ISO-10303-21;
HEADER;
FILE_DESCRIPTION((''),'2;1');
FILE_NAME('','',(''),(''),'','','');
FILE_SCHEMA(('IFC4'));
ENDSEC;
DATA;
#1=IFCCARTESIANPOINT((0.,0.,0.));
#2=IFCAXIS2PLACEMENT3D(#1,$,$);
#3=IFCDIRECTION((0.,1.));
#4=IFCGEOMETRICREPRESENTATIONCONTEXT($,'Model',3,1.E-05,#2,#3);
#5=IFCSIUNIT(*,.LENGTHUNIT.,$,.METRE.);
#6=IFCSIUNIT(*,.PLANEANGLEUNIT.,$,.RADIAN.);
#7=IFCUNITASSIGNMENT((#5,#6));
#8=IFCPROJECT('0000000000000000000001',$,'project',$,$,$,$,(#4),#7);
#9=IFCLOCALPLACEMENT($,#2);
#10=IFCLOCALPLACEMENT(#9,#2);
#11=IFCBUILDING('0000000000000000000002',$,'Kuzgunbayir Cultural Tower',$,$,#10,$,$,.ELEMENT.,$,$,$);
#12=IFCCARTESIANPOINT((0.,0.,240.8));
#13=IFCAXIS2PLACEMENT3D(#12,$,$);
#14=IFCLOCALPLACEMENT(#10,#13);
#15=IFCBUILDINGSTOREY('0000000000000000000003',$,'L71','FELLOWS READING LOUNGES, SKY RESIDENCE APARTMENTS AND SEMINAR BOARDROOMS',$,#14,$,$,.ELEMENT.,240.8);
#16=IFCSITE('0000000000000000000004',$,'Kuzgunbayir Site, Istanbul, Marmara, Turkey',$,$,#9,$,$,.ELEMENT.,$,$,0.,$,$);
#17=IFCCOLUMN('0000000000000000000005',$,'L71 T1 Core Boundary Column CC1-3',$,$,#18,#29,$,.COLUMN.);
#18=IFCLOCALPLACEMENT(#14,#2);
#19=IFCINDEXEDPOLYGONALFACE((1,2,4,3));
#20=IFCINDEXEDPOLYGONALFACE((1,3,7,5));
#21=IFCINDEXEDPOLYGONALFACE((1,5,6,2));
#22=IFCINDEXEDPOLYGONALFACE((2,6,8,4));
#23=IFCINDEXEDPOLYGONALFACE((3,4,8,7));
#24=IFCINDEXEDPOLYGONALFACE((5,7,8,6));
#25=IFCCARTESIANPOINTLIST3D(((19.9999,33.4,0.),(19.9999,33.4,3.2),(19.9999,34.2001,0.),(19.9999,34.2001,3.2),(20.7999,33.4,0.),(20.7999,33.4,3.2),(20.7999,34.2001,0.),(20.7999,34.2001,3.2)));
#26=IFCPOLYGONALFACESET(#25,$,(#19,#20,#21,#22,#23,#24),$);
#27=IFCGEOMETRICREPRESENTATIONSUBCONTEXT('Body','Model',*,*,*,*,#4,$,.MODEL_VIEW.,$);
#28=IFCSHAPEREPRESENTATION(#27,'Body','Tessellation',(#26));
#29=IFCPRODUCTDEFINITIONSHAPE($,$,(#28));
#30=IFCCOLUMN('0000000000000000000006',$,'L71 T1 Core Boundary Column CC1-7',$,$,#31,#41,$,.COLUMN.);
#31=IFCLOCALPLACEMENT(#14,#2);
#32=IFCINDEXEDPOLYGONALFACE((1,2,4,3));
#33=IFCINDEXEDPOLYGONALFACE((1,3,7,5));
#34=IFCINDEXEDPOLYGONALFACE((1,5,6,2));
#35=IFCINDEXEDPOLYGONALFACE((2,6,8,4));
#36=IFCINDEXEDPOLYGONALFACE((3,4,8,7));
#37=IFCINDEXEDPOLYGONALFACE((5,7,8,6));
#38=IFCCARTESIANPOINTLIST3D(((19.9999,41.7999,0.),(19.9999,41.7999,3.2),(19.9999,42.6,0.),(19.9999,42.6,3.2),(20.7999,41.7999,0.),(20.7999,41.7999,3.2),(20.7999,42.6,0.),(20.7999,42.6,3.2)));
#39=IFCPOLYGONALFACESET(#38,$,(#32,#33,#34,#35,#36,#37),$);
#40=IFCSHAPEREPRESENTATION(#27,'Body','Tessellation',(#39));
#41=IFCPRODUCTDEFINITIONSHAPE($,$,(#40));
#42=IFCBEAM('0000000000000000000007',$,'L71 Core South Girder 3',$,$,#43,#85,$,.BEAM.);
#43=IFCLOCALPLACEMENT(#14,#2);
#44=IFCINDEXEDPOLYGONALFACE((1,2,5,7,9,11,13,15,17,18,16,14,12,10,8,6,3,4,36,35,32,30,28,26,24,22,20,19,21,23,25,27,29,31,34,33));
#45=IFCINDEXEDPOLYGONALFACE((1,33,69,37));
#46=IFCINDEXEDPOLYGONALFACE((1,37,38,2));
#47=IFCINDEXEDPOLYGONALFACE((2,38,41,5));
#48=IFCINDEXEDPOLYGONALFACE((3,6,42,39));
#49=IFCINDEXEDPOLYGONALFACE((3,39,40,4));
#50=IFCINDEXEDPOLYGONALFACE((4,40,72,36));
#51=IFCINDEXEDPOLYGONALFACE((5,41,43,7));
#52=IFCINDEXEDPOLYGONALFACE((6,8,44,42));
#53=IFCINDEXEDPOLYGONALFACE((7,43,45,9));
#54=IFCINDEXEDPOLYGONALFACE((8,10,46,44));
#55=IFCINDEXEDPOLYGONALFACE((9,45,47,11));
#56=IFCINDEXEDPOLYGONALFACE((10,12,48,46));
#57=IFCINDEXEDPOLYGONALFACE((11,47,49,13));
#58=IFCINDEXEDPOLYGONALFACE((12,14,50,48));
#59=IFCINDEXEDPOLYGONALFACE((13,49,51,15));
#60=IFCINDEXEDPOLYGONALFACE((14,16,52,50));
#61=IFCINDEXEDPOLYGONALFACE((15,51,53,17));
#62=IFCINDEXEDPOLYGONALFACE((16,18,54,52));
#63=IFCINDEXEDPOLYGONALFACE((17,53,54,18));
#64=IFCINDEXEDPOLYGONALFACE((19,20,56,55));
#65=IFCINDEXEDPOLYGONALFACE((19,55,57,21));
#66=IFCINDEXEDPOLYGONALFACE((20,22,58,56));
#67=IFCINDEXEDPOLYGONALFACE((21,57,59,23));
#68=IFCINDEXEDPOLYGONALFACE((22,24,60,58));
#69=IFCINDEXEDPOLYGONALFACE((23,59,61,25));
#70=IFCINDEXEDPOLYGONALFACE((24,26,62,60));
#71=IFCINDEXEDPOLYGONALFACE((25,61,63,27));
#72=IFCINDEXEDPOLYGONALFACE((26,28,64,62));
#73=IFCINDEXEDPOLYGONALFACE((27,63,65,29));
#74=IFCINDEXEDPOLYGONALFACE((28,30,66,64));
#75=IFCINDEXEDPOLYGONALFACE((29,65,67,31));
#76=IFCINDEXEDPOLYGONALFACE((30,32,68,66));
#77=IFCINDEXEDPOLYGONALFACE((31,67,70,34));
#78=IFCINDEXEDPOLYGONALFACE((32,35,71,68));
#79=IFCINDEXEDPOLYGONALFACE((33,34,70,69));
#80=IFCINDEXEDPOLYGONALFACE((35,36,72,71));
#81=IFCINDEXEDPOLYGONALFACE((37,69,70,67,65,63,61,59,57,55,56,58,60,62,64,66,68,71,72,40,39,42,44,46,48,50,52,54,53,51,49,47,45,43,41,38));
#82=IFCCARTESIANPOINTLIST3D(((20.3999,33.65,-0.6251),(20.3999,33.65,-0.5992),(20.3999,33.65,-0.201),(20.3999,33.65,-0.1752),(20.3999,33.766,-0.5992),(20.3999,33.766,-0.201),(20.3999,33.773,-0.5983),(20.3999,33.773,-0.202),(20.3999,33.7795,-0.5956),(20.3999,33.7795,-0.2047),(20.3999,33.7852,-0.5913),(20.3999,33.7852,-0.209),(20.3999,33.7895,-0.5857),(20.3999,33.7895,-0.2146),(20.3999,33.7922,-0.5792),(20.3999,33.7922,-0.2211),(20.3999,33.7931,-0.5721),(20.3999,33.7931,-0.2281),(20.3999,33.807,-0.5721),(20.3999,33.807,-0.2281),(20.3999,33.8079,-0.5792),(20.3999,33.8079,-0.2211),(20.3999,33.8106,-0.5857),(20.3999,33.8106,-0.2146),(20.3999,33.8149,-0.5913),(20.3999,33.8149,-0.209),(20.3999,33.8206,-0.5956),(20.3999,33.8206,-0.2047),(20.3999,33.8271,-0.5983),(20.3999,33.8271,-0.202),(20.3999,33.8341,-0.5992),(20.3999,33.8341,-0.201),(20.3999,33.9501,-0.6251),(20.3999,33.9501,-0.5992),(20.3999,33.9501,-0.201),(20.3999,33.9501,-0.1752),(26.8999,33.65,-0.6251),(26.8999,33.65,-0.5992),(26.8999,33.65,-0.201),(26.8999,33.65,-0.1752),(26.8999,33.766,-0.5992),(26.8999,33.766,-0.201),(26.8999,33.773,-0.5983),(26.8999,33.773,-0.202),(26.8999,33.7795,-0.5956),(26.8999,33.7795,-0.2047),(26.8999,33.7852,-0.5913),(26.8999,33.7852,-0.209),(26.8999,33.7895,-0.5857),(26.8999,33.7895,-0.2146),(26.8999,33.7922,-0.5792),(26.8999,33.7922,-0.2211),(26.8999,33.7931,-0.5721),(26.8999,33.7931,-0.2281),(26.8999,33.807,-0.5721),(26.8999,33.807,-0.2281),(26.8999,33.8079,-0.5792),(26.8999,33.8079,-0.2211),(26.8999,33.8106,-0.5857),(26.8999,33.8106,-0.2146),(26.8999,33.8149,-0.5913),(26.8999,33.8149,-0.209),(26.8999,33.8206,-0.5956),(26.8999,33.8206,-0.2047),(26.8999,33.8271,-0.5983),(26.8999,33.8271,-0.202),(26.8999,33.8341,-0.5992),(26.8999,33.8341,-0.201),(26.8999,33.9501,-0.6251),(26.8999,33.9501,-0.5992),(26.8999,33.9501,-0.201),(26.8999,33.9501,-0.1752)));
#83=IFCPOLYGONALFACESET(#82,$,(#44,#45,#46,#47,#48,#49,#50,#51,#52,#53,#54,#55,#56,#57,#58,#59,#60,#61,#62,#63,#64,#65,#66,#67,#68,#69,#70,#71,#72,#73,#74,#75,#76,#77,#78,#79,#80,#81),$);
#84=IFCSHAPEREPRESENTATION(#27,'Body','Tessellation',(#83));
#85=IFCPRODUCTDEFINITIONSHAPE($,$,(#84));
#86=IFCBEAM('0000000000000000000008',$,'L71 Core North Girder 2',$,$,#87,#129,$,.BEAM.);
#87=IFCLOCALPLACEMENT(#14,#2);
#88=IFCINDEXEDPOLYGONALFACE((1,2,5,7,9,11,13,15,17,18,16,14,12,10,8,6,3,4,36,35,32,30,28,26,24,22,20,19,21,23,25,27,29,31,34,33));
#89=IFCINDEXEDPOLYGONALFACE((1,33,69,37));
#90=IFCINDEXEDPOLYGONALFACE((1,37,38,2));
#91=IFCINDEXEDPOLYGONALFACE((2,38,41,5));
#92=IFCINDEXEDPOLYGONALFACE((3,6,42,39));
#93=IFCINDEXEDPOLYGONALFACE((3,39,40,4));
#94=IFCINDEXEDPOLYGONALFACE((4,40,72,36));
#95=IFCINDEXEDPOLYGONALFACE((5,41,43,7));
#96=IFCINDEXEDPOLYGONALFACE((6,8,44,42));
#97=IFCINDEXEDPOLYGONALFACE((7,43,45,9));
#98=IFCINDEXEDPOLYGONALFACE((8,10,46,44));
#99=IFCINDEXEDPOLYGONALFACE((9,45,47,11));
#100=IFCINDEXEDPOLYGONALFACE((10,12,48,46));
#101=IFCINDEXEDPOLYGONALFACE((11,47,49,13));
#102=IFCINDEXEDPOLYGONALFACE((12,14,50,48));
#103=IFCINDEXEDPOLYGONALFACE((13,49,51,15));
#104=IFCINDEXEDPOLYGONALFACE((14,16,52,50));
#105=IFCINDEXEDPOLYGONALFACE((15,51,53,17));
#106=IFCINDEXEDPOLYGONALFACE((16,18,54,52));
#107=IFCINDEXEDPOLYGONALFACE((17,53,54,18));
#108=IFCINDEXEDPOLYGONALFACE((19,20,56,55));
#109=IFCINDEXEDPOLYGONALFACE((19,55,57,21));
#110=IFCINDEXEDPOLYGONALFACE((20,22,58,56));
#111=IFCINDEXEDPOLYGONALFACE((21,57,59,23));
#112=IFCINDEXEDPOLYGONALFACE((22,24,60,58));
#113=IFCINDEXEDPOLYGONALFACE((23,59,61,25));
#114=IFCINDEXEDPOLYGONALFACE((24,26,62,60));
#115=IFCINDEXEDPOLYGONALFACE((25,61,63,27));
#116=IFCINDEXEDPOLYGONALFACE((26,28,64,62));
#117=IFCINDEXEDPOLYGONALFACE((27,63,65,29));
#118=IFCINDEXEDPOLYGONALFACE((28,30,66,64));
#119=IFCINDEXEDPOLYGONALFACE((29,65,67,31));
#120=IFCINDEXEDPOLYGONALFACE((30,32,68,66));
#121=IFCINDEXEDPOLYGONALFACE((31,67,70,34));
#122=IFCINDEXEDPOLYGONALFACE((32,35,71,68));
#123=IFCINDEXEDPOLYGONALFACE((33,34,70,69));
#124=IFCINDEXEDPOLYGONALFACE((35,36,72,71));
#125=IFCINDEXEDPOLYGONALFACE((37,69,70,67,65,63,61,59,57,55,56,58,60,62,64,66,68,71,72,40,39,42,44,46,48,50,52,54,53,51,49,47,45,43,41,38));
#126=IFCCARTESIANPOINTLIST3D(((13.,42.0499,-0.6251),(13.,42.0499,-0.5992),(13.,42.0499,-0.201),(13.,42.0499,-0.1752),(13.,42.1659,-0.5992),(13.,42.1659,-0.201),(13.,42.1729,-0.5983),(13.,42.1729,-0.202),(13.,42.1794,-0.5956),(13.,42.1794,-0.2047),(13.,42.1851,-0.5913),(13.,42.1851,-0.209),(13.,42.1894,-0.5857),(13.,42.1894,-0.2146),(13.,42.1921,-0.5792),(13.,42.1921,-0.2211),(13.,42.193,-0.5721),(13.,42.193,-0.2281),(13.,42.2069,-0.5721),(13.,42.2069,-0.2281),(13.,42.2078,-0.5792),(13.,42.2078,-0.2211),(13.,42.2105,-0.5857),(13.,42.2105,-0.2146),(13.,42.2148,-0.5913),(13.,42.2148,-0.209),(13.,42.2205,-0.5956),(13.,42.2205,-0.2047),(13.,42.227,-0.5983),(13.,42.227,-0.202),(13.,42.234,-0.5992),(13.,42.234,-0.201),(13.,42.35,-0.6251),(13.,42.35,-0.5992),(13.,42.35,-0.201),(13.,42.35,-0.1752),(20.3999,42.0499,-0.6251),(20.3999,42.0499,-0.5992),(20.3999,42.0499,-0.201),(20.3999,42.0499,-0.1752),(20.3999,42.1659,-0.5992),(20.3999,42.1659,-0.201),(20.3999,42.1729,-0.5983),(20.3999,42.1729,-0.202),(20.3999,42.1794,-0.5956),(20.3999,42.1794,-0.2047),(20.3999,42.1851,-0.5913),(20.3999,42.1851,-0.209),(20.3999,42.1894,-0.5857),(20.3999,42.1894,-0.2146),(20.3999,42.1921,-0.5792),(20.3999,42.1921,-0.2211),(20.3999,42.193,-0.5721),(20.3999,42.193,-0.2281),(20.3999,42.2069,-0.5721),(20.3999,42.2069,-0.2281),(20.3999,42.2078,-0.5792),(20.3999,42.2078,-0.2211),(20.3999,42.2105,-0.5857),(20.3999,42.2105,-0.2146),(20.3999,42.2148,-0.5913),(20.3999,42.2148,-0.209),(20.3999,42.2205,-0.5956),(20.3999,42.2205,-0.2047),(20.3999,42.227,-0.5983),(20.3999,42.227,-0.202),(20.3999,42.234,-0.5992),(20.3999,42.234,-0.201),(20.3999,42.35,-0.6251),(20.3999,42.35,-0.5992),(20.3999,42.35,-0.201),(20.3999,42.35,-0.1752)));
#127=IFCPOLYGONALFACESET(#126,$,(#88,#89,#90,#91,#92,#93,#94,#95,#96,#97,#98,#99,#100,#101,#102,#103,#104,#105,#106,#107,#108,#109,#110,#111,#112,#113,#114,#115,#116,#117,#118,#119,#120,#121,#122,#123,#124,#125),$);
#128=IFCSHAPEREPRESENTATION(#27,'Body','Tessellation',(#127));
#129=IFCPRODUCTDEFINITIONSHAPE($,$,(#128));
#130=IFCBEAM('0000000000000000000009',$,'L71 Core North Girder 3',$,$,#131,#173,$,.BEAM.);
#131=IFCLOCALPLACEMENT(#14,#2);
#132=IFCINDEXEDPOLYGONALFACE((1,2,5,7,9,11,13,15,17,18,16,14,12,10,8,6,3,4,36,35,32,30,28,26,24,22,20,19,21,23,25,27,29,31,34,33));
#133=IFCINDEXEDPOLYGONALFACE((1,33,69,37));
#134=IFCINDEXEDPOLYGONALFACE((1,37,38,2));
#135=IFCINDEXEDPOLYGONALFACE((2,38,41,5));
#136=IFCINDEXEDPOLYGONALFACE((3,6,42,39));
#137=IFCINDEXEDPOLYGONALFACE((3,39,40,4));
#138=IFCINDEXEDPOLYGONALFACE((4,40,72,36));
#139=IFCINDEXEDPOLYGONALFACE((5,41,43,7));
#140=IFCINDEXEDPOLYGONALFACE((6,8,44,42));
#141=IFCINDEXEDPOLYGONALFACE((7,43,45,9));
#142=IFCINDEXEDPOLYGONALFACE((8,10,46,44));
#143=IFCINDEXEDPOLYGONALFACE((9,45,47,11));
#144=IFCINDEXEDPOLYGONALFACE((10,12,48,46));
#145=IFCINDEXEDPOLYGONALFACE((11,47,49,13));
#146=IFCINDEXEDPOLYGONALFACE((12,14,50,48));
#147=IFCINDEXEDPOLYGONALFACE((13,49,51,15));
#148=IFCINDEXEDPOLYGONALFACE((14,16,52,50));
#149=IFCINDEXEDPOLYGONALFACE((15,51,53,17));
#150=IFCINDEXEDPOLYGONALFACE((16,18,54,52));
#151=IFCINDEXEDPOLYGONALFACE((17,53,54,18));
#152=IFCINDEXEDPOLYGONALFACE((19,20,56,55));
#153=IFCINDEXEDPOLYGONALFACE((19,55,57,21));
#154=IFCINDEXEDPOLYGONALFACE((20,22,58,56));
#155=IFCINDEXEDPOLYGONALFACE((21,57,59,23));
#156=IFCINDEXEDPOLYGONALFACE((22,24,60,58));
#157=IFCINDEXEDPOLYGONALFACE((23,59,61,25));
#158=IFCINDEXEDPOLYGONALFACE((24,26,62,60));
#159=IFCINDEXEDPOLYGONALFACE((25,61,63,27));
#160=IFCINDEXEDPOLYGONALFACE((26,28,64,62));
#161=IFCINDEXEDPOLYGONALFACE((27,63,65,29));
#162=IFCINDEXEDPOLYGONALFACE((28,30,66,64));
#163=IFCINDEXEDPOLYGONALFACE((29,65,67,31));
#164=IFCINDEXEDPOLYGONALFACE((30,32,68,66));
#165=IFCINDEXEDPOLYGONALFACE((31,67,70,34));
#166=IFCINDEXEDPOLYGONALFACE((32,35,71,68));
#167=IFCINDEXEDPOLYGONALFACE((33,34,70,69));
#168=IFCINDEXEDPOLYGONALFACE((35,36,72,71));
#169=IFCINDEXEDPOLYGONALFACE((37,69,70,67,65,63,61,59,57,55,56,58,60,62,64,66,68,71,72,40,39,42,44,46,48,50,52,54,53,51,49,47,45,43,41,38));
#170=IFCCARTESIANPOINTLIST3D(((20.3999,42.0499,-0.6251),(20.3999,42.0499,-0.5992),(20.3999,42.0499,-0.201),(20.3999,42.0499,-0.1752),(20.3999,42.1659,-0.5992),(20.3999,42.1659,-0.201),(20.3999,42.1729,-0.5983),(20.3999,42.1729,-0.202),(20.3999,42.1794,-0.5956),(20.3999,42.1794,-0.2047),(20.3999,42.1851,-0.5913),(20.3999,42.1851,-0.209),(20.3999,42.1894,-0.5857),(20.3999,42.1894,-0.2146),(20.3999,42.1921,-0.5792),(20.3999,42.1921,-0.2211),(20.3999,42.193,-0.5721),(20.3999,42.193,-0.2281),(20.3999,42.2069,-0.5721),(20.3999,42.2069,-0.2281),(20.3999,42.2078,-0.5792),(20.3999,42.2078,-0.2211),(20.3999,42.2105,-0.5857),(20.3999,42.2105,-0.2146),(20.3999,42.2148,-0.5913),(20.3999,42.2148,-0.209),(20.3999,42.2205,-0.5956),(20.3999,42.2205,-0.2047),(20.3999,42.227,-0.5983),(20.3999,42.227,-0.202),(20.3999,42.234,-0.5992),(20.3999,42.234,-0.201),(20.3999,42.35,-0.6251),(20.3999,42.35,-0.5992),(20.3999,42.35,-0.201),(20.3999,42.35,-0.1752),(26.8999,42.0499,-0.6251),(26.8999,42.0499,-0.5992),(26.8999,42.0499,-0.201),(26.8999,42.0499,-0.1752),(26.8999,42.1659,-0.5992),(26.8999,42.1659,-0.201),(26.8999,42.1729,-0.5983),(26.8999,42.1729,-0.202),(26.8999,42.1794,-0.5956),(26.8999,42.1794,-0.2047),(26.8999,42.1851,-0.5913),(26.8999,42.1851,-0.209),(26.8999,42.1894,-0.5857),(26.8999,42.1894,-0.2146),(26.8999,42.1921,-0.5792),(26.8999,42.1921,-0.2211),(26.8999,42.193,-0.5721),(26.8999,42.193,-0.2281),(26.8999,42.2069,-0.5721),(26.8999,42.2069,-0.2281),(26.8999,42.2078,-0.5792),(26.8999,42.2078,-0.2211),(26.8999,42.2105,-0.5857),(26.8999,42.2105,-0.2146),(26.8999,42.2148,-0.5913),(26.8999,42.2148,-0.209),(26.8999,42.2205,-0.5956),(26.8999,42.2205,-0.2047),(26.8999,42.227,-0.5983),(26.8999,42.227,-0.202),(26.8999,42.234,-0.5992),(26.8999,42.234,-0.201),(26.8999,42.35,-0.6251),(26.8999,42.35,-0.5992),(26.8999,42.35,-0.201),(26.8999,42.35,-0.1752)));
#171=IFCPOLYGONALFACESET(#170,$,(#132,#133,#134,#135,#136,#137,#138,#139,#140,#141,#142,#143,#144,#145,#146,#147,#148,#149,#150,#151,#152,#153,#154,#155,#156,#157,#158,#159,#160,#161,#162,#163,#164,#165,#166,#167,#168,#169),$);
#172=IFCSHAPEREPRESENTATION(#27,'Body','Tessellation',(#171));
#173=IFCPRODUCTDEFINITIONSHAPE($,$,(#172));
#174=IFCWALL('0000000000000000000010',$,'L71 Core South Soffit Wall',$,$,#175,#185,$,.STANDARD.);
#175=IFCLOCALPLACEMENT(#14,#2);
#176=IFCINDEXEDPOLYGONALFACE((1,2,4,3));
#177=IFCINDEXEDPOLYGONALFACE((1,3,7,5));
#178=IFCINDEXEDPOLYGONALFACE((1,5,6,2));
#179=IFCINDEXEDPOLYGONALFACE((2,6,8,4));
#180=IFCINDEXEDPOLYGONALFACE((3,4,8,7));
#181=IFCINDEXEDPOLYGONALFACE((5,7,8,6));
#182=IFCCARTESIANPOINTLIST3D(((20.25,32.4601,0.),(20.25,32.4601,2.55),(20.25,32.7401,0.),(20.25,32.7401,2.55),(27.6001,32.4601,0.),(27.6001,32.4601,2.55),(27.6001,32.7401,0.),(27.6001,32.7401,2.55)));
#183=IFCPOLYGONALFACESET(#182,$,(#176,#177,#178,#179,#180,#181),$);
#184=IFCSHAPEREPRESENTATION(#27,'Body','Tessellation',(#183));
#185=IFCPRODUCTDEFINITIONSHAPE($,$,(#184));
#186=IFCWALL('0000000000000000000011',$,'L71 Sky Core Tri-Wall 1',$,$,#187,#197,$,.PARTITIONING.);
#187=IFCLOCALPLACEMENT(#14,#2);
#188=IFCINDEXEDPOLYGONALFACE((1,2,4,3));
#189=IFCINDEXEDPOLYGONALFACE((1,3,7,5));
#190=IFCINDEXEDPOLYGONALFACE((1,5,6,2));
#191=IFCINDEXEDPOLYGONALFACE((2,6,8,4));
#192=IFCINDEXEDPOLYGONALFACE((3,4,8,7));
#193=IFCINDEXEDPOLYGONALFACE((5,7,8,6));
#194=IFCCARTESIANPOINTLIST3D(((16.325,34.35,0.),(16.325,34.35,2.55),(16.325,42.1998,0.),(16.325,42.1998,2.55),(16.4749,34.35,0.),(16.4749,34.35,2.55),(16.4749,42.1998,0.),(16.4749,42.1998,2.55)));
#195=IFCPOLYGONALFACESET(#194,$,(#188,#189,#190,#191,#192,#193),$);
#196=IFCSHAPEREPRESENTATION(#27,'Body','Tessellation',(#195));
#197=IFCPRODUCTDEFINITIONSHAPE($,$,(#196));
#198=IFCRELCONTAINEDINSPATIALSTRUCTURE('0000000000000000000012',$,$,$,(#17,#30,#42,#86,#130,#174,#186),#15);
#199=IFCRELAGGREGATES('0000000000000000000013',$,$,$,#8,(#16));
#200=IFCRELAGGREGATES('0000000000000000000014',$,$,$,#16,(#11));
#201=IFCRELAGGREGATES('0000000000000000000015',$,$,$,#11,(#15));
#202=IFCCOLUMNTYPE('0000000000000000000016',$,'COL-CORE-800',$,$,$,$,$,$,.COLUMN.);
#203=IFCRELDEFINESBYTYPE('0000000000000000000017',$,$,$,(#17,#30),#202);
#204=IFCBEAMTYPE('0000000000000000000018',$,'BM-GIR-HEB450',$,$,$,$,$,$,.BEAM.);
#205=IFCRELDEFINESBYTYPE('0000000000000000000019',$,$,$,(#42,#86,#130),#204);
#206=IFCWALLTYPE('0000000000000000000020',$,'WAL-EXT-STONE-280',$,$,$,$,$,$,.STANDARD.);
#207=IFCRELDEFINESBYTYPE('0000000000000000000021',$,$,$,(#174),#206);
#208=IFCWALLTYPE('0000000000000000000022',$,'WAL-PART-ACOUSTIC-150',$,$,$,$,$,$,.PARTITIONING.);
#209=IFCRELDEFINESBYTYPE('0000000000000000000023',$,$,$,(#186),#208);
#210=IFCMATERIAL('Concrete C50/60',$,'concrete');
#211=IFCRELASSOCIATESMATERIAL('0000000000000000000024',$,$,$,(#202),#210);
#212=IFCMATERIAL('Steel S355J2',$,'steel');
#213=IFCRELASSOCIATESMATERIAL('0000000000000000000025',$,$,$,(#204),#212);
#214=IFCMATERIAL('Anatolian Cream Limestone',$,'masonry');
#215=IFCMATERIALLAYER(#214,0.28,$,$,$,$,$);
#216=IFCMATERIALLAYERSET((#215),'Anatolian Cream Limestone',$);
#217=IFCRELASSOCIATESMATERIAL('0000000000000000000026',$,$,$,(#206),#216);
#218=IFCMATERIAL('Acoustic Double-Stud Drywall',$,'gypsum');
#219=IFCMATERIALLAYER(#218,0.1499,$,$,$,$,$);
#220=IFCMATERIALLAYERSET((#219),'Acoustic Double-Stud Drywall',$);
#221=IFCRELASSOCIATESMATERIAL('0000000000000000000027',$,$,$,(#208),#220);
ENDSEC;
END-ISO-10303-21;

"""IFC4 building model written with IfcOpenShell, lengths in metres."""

from ifc_helpers import new_model, si_unit, direction, frame, frame_2d, origin, origin_2d, place, context, subcontext, project, spatial, rectangle, i_section, extrude, material, layer, layer_set, material_profile, profile_set, type_object, element, save


model = new_model("IFC4")

# Units and contexts
model_context = context("Model", 3, precision=1e-05, world=origin(), true_north=direction((0.0, 1.0)))
body_context = subcontext(model_context, "Body", "Model", "MODEL_VIEW")
ifc_project = project(units=[si_unit("LENGTHUNIT", "METRE"), si_unit("PLANEANGLEUNIT", "RADIAN")], contexts=[model_context])

# Site, building, storey
site_placement = place(None, origin())
site = spatial("IfcSite", under=ifc_project, at=site_placement, Name="Kuzgunbayir Site, Istanbul, Marmara, Turkey", CompositionType="ELEMENT", RefElevation=0.0)
building_placement = place(site_placement, origin())
building = spatial("IfcBuilding", under=site, at=building_placement, Name="Kuzgunbayir Cultural Tower", CompositionType="ELEMENT")
storey_placement = place(building_placement, frame((0.0, 0.0, 240.8)))
storey = spatial("IfcBuildingStorey", under=building, at=storey_placement, Name="L71", Description="FELLOWS READING LOUNGES, SKY RESIDENCE APARTMENTS AND SEMINAR BOARDROOMS", CompositionType="ELEMENT", Elevation=240.8)

# Columns
ifc_material_1 = material(Name="Concrete C50/60", Category="concrete")
ifc_material_profile_1 = material_profile(ifc_material_1, rectangle(XDim=0.8, YDim=0.8, at=origin_2d()), Name="RC 800x800")
ifc_profile_set_1 = profile_set([ifc_material_profile_1], Name="Concrete C50/60")
column_type = type_object("IfcColumnType", Name="COL-CORE-800", PredefinedType="COLUMN", material=ifc_profile_set_1)
for number, where, z_axis, x_axis, name in (
    (1, (20.3999, 33.8, 0.0), (0.0, 0.0, 1.0), (1.0, 0.0, 0.0), "L71 T1 Core Boundary Column CC1-3"),
    (2, (20.3999, 42.2, 0.0), (0.0, 0.0, 1.0), (1.0, 0.0, 0.0), "L71 T1 Core Boundary Column CC1-7"),
):
    element("IfcColumn", number, at=place(storey_placement, frame(where, z_axis=z_axis, x_axis=x_axis)), inside=storey, type_object=column_type, Name=name, PredefinedType="COLUMN", context=body_context, shape_type="SweptSolid", body=[
        extrude(rectangle(XDim=0.8, YDim=0.8, at=origin_2d()), origin(), (0.0, 0.0, 1.0), 3.2),
    ])

# Beams
ifc_material_2 = material(Name="Steel S355J2", Category="steel")
ifc_material_profile_2 = material_profile(ifc_material_2, i_section(OverallWidth=0.3, OverallDepth=0.45, WebThickness=0.0139, FlangeThickness=0.0259, FilletRadius=0.0271, at=origin_2d()), Name="HEB 450")
ifc_profile_set_2 = profile_set([ifc_material_profile_2], Name="Steel S355J2")
beam_type = type_object("IfcBeamType", Name="BM-GIR-HEB450", PredefinedType="BEAM", material=ifc_profile_set_2)
beam_1_placement = place(storey_placement, frame((20.3999, 33.8, -0.4001), z_axis=(1.0, 0.0, 0.0), x_axis=(0.0, 1.0, 0.0)))
element("IfcBeam", 3, at=beam_1_placement, inside=storey, type_object=beam_type, Name="L71 Core South Girder 3", PredefinedType="BEAM", context=body_context, shape_type="SweptSolid", body=[
    extrude(i_section(OverallWidth=0.3, OverallDepth=0.45, WebThickness=0.0139, FlangeThickness=0.0259, FilletRadius=0.0271, at=origin_2d()), origin(), (0.0, 0.0, 1.0), 6.5),
])
beam_2_placement = place(storey_placement, frame((13.0, 42.2, -0.4001), z_axis=(1.0, 0.0, 0.0), x_axis=(0.0, 1.0, 0.0)))
element("IfcBeam", 4, at=beam_2_placement, inside=storey, type_object=beam_type, Name="L71 Core North Girder 2", PredefinedType="BEAM", context=body_context, shape_type="SweptSolid", body=[
    extrude(i_section(OverallWidth=0.3, OverallDepth=0.45, WebThickness=0.0139, FlangeThickness=0.0259, FilletRadius=0.0271, at=origin_2d()), origin(), (0.0, 0.0, 1.0), 7.3999),
])
beam_3_placement = place(storey_placement, frame((20.3999, 42.2, -0.4001), z_axis=(1.0, 0.0, 0.0), x_axis=(0.0, 1.0, 0.0)))
element("IfcBeam", 5, at=beam_3_placement, inside=storey, type_object=beam_type, Name="L71 Core North Girder 3", PredefinedType="BEAM", context=body_context, shape_type="SweptSolid", body=[
    extrude(i_section(OverallWidth=0.3, OverallDepth=0.45, WebThickness=0.0139, FlangeThickness=0.0259, FilletRadius=0.0271, at=origin_2d()), origin(), (0.0, 0.0, 1.0), 6.5),
])

# Walls
ifc_material_3 = material(Name="Anatolian Cream Limestone", Category="masonry")
ifc_layer_1 = layer(ifc_material_3, 0.28)
ifc_layer_set_1 = layer_set([ifc_layer_1], Name="Anatolian Cream Limestone")
wall_type_1 = type_object("IfcWallType", Name="WAL-EXT-STONE-280", PredefinedType="STANDARD", material=ifc_layer_set_1)
wall_1_placement = place(storey_placement, frame((20.25, 32.6001, 0.0), z_axis=(0.0, 0.0, 1.0), x_axis=(1.0, 0.0, 0.0)))
element("IfcWall", 6, at=wall_1_placement, inside=storey, type_object=wall_type_1, Name="L71 Core South Soffit Wall", PredefinedType="STANDARD", context=body_context, shape_type="SweptSolid", body=[
    extrude(rectangle(XDim=7.3501, YDim=0.28, at=frame_2d((3.675, 0.0))), origin(), (0.0, 0.0, 1.0), 2.55),
])
ifc_material_4 = material(Name="Acoustic Double-Stud Drywall", Category="gypsum")
ifc_layer_2 = layer(ifc_material_4, 0.1499)
ifc_layer_set_2 = layer_set([ifc_layer_2], Name="Acoustic Double-Stud Drywall")
wall_type_2 = type_object("IfcWallType", Name="WAL-PART-ACOUSTIC-150", PredefinedType="PARTITIONING", material=ifc_layer_set_2)
wall_2_placement = place(storey_placement, frame((16.3999, 34.3501, 0.0), z_axis=(0.0, 0.0, 1.0), x_axis=(0.0, 1.0, 0.0)))
element("IfcWall", 7, at=wall_2_placement, inside=storey, type_object=wall_type_2, Name="L71 Sky Core Tri-Wall 1", PredefinedType="PARTITIONING", context=body_context, shape_type="SweptSolid", body=[
    extrude(rectangle(XDim=7.8499, YDim=0.1499, at=frame_2d((3.9248, 0.0))), origin(), (0.0, 0.0, 1.0), 2.55),
])

save(model, "model.ifc")
